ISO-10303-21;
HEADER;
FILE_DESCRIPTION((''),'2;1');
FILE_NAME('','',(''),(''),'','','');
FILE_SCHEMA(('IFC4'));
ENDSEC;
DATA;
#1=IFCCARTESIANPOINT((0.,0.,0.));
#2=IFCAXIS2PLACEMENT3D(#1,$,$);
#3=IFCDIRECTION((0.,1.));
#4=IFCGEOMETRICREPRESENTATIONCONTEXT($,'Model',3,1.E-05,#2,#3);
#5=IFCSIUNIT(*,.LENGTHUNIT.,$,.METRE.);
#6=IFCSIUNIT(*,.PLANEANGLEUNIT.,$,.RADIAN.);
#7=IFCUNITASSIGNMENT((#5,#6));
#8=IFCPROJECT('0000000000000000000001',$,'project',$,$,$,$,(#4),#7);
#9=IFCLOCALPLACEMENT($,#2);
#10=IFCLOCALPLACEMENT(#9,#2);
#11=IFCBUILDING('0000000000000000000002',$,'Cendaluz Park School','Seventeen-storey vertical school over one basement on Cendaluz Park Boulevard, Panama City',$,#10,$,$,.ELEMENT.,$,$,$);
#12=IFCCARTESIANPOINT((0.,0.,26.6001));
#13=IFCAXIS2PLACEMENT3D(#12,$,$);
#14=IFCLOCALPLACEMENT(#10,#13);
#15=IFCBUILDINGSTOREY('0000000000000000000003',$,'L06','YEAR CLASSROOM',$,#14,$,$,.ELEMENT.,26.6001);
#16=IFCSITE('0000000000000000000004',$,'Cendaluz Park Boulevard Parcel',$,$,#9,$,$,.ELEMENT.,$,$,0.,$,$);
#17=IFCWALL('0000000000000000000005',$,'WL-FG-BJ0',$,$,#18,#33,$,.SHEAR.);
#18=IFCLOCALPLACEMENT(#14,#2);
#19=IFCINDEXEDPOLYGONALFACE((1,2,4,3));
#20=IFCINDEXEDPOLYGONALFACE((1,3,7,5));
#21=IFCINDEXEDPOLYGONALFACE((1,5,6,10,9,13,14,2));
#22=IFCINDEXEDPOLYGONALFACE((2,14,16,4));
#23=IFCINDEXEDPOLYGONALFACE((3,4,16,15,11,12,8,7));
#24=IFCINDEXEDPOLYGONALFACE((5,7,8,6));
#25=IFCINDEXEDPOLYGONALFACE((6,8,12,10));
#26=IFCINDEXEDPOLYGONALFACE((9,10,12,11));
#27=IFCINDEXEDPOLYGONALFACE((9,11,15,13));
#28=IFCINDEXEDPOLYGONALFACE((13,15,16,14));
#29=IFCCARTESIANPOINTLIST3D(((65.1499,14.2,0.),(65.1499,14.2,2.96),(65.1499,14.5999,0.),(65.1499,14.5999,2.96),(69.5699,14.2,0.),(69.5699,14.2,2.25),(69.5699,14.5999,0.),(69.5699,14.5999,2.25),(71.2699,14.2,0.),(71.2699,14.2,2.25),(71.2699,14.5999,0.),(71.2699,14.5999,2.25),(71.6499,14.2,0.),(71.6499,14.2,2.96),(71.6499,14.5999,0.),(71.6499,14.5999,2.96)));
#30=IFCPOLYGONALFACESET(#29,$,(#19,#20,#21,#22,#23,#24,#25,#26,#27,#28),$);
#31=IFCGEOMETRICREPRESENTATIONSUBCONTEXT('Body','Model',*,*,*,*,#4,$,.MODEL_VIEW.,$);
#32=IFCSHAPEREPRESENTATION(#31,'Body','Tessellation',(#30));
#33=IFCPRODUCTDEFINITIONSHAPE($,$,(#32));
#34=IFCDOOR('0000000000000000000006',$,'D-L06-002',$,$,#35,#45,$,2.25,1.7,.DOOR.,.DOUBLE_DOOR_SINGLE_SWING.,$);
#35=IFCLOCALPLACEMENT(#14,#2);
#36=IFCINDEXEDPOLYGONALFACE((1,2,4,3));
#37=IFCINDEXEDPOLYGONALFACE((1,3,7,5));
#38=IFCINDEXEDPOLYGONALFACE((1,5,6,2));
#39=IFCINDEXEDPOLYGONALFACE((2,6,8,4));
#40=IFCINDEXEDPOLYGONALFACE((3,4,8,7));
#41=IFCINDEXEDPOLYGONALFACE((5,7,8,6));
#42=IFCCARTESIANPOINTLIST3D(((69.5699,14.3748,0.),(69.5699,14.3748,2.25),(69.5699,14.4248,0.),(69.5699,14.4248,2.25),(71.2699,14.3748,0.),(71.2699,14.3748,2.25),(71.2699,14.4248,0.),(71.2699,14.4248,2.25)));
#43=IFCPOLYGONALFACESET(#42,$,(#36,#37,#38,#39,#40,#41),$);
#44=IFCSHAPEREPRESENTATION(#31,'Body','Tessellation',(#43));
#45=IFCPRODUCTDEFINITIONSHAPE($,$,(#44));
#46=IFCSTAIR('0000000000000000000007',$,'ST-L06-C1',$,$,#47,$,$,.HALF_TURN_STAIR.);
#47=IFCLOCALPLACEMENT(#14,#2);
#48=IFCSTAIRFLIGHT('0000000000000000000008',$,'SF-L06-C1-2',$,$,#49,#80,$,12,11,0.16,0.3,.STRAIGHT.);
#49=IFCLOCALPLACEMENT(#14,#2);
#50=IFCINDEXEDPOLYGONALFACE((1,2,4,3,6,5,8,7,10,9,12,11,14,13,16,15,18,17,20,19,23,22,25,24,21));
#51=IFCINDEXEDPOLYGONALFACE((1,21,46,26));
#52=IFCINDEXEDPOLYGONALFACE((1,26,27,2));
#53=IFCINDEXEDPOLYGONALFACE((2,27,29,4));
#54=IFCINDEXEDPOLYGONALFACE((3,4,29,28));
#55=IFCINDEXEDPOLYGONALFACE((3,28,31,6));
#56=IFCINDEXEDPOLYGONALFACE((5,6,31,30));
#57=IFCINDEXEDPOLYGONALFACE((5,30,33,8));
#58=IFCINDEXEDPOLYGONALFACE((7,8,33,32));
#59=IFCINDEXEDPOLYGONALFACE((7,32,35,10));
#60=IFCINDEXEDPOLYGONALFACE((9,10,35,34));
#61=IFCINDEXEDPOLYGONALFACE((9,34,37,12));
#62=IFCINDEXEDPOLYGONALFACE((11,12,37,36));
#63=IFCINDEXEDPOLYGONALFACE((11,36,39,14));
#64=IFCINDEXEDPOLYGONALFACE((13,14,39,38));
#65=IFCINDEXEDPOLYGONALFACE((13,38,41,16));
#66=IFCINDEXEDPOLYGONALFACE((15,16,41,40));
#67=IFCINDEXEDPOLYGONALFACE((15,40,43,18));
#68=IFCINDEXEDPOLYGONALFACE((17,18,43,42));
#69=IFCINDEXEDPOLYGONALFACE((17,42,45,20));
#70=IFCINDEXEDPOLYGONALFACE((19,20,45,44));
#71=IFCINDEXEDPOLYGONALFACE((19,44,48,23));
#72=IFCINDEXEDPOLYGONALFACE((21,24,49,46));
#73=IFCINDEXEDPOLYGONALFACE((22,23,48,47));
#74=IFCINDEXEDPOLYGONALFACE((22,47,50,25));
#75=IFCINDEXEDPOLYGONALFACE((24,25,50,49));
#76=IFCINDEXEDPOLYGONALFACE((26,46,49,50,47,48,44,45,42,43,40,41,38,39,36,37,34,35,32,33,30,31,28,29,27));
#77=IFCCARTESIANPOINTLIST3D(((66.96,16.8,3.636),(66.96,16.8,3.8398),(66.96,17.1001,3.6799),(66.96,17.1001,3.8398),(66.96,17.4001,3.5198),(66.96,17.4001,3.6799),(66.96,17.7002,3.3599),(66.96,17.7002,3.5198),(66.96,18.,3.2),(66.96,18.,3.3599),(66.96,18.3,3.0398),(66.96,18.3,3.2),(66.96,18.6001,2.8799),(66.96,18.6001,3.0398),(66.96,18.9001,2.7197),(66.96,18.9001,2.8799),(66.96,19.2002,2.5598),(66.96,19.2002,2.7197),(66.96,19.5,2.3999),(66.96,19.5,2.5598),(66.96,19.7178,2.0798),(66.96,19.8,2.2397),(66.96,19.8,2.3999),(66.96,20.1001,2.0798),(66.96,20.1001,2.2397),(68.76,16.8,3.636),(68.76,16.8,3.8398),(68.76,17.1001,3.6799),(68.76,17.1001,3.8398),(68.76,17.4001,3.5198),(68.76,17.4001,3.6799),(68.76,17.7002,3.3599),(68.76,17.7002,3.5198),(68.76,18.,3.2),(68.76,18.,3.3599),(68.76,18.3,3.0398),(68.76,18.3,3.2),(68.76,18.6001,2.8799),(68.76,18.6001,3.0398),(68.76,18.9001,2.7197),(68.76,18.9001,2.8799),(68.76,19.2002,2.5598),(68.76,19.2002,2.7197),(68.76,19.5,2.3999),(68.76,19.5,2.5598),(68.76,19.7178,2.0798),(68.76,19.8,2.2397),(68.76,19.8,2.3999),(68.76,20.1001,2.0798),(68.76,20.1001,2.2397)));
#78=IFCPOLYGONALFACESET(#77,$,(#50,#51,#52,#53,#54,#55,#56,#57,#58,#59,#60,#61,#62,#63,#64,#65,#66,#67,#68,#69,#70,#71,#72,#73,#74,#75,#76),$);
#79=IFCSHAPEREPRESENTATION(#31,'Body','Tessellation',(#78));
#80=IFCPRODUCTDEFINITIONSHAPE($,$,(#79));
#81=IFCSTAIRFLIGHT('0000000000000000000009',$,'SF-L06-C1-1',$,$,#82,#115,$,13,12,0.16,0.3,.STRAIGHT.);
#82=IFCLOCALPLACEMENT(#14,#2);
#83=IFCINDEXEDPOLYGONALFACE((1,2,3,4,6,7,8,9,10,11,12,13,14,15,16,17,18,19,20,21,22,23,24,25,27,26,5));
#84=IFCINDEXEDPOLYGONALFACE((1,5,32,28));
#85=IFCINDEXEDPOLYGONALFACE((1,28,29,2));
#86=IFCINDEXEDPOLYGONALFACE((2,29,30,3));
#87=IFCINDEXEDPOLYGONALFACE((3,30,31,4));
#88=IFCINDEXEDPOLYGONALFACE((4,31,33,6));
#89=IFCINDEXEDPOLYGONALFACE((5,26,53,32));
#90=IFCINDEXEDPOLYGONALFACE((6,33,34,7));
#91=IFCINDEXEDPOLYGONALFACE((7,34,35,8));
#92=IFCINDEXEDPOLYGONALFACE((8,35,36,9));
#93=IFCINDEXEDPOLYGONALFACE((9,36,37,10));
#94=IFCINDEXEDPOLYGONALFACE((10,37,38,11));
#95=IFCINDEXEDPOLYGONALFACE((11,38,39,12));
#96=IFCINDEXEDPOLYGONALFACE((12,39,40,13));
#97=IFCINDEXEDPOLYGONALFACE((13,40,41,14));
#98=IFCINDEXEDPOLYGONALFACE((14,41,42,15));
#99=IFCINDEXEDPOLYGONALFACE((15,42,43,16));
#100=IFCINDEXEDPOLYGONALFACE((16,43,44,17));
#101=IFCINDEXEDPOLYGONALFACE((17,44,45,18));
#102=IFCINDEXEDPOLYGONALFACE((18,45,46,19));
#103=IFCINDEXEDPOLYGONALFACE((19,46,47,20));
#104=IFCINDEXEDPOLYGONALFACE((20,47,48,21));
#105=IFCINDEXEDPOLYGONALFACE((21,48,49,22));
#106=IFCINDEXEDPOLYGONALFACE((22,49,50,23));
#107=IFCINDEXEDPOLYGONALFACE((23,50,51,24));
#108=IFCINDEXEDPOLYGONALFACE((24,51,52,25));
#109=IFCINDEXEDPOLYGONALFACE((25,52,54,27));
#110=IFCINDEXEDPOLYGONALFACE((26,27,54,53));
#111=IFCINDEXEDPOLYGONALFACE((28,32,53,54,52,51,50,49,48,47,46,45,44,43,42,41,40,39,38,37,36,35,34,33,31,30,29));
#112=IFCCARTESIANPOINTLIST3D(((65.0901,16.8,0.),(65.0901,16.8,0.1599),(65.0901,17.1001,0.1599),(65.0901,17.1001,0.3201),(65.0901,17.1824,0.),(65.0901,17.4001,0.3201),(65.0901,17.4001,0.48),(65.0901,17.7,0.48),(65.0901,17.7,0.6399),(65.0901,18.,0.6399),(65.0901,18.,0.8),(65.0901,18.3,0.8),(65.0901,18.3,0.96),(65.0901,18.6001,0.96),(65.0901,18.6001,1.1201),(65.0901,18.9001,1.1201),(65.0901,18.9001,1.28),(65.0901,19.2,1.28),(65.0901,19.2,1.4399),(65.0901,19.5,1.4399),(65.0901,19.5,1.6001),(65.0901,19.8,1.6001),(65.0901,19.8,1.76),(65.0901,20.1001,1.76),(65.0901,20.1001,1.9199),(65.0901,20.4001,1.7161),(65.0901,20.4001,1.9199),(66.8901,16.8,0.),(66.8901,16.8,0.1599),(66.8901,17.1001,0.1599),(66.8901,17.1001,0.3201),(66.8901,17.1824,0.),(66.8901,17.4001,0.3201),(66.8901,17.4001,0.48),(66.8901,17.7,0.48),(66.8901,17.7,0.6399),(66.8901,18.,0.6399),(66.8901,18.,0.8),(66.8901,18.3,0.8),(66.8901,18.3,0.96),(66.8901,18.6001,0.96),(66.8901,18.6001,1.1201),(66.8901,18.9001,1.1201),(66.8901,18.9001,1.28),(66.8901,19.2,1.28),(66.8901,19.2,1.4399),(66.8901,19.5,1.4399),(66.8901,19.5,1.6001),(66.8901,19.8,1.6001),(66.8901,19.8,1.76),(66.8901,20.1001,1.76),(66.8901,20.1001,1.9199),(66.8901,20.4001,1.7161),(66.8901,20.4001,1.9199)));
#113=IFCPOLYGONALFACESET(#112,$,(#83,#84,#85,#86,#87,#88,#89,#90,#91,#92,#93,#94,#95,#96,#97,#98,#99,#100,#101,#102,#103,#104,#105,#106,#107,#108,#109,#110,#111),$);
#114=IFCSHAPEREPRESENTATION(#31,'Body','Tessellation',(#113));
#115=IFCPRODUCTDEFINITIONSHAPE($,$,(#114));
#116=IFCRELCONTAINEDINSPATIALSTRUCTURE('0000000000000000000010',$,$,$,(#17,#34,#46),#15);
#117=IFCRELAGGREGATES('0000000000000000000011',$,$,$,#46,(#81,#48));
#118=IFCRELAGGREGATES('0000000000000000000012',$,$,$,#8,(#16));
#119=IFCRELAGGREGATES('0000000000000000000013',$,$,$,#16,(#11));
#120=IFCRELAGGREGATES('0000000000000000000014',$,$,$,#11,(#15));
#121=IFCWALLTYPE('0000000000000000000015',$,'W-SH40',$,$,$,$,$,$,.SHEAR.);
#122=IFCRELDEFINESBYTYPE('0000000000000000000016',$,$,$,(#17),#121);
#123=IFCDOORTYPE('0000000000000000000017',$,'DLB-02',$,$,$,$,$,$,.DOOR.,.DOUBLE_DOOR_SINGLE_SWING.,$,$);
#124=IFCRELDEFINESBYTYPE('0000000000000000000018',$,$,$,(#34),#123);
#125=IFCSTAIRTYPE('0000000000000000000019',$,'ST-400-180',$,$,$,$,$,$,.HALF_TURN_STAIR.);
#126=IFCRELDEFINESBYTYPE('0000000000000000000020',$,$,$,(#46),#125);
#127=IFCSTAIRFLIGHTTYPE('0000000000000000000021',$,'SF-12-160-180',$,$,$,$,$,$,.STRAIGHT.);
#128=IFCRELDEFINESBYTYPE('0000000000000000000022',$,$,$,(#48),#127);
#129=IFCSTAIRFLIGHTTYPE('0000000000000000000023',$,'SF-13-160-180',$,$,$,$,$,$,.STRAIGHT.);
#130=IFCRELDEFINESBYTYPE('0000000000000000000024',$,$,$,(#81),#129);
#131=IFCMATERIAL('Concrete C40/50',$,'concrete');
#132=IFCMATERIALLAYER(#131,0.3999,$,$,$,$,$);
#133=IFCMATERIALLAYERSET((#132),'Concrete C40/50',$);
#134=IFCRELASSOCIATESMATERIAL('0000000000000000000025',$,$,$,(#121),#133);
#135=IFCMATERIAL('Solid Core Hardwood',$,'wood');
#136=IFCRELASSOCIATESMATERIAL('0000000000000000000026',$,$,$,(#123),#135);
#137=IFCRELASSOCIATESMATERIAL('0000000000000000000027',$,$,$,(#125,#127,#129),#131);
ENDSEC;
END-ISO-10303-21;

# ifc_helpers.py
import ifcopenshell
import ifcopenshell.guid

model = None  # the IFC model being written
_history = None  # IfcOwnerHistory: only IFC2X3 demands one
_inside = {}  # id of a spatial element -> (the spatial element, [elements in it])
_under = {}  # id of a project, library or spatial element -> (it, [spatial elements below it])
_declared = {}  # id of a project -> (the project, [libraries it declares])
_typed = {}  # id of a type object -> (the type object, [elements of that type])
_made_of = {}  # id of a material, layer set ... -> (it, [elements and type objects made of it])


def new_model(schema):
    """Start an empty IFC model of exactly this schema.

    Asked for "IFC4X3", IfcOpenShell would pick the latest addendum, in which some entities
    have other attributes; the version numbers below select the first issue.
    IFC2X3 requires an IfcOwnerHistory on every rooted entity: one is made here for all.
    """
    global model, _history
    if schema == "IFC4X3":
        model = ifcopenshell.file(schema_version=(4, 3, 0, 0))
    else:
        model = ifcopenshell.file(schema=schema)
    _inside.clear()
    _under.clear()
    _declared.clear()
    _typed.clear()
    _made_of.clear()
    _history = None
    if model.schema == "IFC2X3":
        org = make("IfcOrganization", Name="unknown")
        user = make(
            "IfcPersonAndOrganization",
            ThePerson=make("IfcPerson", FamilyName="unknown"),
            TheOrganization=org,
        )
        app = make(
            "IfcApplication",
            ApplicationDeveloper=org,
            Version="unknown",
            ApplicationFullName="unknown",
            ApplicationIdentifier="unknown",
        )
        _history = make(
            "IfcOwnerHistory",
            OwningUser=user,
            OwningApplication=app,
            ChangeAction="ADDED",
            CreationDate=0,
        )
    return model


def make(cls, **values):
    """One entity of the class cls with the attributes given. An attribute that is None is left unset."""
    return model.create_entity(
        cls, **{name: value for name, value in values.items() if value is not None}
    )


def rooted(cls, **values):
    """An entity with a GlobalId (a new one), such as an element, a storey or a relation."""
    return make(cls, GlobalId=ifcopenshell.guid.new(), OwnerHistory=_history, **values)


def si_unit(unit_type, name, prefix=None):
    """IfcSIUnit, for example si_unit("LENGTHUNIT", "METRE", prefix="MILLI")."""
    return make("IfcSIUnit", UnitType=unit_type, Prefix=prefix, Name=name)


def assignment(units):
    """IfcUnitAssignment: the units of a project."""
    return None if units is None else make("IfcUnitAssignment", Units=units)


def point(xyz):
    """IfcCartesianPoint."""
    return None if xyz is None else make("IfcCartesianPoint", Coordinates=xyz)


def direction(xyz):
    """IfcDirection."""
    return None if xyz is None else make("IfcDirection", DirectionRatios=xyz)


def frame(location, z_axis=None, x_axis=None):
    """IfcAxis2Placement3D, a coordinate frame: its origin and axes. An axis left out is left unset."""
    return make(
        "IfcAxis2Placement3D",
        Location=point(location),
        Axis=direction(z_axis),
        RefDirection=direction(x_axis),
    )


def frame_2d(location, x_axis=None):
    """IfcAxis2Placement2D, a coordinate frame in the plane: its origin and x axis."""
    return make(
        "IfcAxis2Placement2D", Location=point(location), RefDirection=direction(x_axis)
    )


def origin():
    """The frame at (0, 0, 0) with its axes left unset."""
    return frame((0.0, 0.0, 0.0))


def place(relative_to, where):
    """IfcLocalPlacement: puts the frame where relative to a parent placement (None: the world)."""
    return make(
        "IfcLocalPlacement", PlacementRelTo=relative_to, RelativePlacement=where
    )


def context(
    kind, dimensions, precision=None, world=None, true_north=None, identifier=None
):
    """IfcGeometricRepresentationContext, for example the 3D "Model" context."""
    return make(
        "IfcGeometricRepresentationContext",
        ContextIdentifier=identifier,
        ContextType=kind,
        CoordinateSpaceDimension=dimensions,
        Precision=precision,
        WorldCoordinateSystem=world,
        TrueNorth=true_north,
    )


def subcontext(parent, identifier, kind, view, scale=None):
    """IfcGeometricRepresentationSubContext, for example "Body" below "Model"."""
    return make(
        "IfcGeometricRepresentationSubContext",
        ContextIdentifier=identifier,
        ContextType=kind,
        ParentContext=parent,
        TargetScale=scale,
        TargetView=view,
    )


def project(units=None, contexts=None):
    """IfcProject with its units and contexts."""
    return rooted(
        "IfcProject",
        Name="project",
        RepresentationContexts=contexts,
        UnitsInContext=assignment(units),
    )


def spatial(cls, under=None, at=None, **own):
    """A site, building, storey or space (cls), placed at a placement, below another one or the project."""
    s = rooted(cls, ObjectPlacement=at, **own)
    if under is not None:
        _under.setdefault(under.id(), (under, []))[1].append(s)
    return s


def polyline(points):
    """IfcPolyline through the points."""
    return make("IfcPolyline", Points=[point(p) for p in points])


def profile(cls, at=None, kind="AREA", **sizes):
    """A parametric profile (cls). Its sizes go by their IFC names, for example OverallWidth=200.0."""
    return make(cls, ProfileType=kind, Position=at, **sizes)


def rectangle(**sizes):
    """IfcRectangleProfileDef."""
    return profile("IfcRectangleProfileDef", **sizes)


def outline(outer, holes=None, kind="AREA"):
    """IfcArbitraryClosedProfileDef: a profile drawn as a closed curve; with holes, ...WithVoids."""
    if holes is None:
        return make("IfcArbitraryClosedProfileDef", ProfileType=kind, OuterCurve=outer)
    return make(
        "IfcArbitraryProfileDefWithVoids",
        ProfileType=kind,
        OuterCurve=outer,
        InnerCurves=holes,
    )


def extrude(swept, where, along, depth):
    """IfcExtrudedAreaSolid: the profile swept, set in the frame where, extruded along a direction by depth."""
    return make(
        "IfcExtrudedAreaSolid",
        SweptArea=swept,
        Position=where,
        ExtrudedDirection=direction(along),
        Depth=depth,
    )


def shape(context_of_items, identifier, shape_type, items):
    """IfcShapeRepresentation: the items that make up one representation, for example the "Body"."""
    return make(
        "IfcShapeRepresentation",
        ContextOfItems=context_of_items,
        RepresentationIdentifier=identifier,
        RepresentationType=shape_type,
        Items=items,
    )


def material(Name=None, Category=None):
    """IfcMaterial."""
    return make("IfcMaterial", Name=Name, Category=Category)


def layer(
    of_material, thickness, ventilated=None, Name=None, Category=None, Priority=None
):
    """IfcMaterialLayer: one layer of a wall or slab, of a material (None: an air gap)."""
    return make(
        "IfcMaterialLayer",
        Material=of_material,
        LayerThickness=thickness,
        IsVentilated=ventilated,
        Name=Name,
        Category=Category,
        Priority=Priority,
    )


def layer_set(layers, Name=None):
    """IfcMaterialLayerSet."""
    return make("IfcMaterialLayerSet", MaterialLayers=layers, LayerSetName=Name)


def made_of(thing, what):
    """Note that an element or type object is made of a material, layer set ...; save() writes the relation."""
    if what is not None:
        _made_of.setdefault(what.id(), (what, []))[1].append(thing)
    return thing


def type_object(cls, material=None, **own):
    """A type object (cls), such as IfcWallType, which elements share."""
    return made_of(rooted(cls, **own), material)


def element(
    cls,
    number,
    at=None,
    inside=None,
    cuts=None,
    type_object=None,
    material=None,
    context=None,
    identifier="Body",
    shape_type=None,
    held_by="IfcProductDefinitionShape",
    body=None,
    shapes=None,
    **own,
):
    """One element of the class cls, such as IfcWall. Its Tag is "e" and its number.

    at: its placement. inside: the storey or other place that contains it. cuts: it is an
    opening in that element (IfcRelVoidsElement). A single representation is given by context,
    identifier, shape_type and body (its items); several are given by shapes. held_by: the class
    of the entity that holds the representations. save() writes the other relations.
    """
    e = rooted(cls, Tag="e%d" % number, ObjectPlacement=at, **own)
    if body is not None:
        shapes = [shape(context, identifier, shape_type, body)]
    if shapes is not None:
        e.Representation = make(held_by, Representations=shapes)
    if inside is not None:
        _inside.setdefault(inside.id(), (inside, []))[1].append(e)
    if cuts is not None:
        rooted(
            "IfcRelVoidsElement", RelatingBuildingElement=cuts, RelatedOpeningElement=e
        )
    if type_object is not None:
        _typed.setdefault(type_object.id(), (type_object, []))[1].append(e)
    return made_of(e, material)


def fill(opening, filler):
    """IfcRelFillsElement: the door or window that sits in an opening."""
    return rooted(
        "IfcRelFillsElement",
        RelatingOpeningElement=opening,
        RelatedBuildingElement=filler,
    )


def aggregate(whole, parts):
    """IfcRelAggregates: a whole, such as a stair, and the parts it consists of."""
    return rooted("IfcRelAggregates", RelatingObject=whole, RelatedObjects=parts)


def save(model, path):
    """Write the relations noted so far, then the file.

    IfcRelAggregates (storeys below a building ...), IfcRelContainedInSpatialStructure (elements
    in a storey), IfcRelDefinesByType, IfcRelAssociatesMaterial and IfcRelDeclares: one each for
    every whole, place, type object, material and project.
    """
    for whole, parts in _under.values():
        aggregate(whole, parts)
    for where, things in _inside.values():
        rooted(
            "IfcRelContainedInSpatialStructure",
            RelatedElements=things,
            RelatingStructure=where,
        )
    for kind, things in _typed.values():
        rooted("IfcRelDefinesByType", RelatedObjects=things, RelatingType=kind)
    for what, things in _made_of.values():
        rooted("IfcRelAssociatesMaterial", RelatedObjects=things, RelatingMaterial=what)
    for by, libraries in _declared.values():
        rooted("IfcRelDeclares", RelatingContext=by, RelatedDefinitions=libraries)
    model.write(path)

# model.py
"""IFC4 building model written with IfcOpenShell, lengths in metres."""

from ifc_helpers import new_model, si_unit, direction, frame, frame_2d, origin, place, context, subcontext, project, spatial, polyline, rectangle, outline, extrude, material, layer, layer_set, type_object, element, fill, aggregate, save


model = new_model("IFC4")

# Units and contexts
model_context = context("Model", 3, precision=1e-05, world=origin(), true_north=direction((0.0, 1.0)))
body_context = subcontext(model_context, "Body", "Model", "MODEL_VIEW")
ifc_project = project(units=[si_unit("LENGTHUNIT", "METRE"), si_unit("PLANEANGLEUNIT", "RADIAN")], contexts=[model_context])

# Site, building, storey
site_placement = place(None, origin())
site = spatial("IfcSite", under=ifc_project, at=site_placement, Name="Cendaluz Park Boulevard Parcel", CompositionType="ELEMENT", RefElevation=0.0)
building_placement = place(site_placement, origin())
building = spatial("IfcBuilding", under=site, at=building_placement, Name="Cendaluz Park School", Description="Seventeen-storey vertical school over one basement on Cendaluz Park Boulevard, Panama City", CompositionType="ELEMENT")
storey_placement = place(building_placement, frame((0.0, 0.0, 26.6001)))
storey = spatial("IfcBuildingStorey", under=building, at=storey_placement, Name="L06", Description="YEAR CLASSROOM", CompositionType="ELEMENT", Elevation=26.6001)

# Shared definitions
ifc_material_1 = material(Name="Concrete C40/50", Category="concrete")

# Shared definitions
ifc_material_2 = material(Name="Solid Core Hardwood", Category="wood")

# Shared definitions
ifc_layer_1 = layer(ifc_material_1, 0.3999)
ifc_layer_set_1 = layer_set([ifc_layer_1], Name="Concrete C40/50")
wall_type_1 = type_object("IfcWallType", Name="W-SH40", PredefinedType="SHEAR", material=ifc_layer_set_1)

# Wall, opening, door
wall_1_placement = place(storey_placement, frame((65.1499, 14.3999, 0.0), z_axis=(0.0, 0.0, 1.0), x_axis=(1.0, 0.0, 0.0)))
wall_1 = element("IfcWall", 1, at=wall_1_placement, inside=storey, type_object=wall_type_1, Name="WL-FG-BJ0", PredefinedType="SHEAR", context=body_context, shape_type="SweptSolid", body=[
    extrude(rectangle(XDim=6.5, YDim=0.3999, at=frame_2d((3.25, 0.0))), origin(), (0.0, 0.0, 1.0), 2.96),
])
opening_1_placement = place(wall_1_placement, frame((4.4199, 0.0, 0.0)))
opening_1 = element("IfcOpeningElement", 2, at=opening_1_placement, cuts=wall_1, PredefinedType="OPENING", context=body_context, shape_type="SweptSolid", body=[
    extrude(rectangle(XDim=1.7, YDim=2.25, at=frame_2d((0.8501, 1.125))), frame((0.0, 0.2119, 0.0), z_axis=(0.0, -1.0, 0.0), x_axis=(1.0, 0.0, 0.0)), (0.0, 0.0, 1.0), 0.4238),
])
door_type_1 = type_object("IfcDoorType", Name="DLB-02", OperationType="DOUBLE_DOOR_SINGLE_SWING", PredefinedType="DOOR", material=ifc_material_2)
door_1_placement = place(opening_1_placement, origin())
door_1 = element("IfcDoor", 3, at=door_1_placement, inside=storey, type_object=door_type_1, Name="D-L06-002", OperationType="DOUBLE_DOOR_SINGLE_SWING", OverallHeight=2.25, OverallWidth=1.7, PredefinedType="DOOR", context=body_context, shape_type="SweptSolid", body=[
    extrude(rectangle(XDim=1.7, YDim=2.25, at=frame_2d((0.8501, 1.125))), frame((0.0, 0.0249, 0.0), z_axis=(0.0, -1.0, 0.0), x_axis=(1.0, 0.0, 0.0)), (0.0, 0.0, 1.0), 0.05),
])
fill(opening_1, door_1)

# Stair, stair flights
stair_type = type_object("IfcStairType", Name="ST-400-180", PredefinedType="HALF_TURN_STAIR", material=ifc_material_1)
stair_placement = place(storey_placement, origin())
stair = element("IfcStair", 4, at=stair_placement, inside=storey, type_object=stair_type, Name="ST-L06-C1", PredefinedType="HALF_TURN_STAIR")
stair_flight_type_1 = type_object("IfcStairFlightType", Name="SF-12-160-180", PredefinedType="STRAIGHT", material=ifc_material_1)
stair_flight_1_placement = place(storey_placement, frame((67.8601, 20.1001, 2.0798), z_axis=(0.0, 0.0, 1.0), x_axis=(0.0, -1.0, 0.0)))
stair_flight_1 = element("IfcStairFlight", 5, at=stair_flight_1_placement, type_object=stair_flight_type_1, Name="SF-L06-C1-2", NumberOfRisers=12, NumberOfTreads=11, PredefinedType="STRAIGHT", RiserHeight=0.16, TreadLength=0.3, context=body_context, shape_type="SweptSolid", body=[
    extrude(outline(polyline([(0.0, 0.0), (0.0, 0.1599), (0.3, 0.1599), (0.3, 0.3201), (0.6001, 0.3201), (0.6001, 0.48), (0.8999, 0.48), (0.8999, 0.6399), (1.2, 0.6399), (1.2, 0.8), (1.5, 0.8), (1.5, 0.96), (1.8, 0.96), (1.8, 1.1201), (2.1001, 1.1201), (2.1001, 1.28), (2.3999, 1.28), (2.3999, 1.4399), (2.7, 1.4399), (2.7, 1.6001), (3.0, 1.6001), (3.0, 1.76), (3.3, 1.76), (3.3, 1.9199), (3.3, 1.5562), (0.3823, 0.0), (0.0, 0.0)])), frame((0.0, 0.8999, 0.0), z_axis=(0.0, -1.0, 0.0), x_axis=(1.0, 0.0, 0.0)), (0.0, 0.0, 1.0), 1.8),
])
stair_flight_type_2 = type_object("IfcStairFlightType", Name="SF-13-160-180", PredefinedType="STRAIGHT", material=ifc_material_1)
stair_flight_2_placement = place(storey_placement, frame((65.99, 16.8, 0.0), z_axis=(0.0, 0.0, 1.0), x_axis=(0.0, 1.0, 0.0)))
stair_flight_2 = element("IfcStairFlight", 6, at=stair_flight_2_placement, type_object=stair_flight_type_2, Name="SF-L06-C1-1", NumberOfRisers=13, NumberOfTreads=12, PredefinedType="STRAIGHT", RiserHeight=0.16, TreadLength=0.3, context=body_context, shape_type="SweptSolid", body=[
    extrude(outline(polyline([(0.0, 0.0), (0.0, 0.1599), (0.3, 0.1599), (0.3, 0.3201), (0.6001, 0.3201), (0.6001, 0.48), (0.8999, 0.48), (0.8999, 0.6399), (1.2, 0.6399), (1.2, 0.8), (1.5, 0.8), (1.5, 0.96), (1.8, 0.96), (1.8, 1.1201), (2.1001, 1.1201), (2.1001, 1.28), (2.3999, 1.28), (2.3999, 1.4399), (2.7, 1.4399), (2.7, 1.6001), (3.0, 1.6001), (3.0, 1.76), (3.3, 1.76), (3.3, 1.9199), (3.6001, 1.9199), (3.6001, 2.0801), (3.6001, 1.7161), (0.3823, 0.0), (0.0, 0.0)])), frame((0.0, 0.8999, 0.0), z_axis=(0.0, -1.0, 0.0), x_axis=(1.0, 0.0, 0.0)), (0.0, 0.0, 1.0), 1.8),
])
aggregate(stair, [stair_flight_2, stair_flight_1])

save(model, "model.ifc")
